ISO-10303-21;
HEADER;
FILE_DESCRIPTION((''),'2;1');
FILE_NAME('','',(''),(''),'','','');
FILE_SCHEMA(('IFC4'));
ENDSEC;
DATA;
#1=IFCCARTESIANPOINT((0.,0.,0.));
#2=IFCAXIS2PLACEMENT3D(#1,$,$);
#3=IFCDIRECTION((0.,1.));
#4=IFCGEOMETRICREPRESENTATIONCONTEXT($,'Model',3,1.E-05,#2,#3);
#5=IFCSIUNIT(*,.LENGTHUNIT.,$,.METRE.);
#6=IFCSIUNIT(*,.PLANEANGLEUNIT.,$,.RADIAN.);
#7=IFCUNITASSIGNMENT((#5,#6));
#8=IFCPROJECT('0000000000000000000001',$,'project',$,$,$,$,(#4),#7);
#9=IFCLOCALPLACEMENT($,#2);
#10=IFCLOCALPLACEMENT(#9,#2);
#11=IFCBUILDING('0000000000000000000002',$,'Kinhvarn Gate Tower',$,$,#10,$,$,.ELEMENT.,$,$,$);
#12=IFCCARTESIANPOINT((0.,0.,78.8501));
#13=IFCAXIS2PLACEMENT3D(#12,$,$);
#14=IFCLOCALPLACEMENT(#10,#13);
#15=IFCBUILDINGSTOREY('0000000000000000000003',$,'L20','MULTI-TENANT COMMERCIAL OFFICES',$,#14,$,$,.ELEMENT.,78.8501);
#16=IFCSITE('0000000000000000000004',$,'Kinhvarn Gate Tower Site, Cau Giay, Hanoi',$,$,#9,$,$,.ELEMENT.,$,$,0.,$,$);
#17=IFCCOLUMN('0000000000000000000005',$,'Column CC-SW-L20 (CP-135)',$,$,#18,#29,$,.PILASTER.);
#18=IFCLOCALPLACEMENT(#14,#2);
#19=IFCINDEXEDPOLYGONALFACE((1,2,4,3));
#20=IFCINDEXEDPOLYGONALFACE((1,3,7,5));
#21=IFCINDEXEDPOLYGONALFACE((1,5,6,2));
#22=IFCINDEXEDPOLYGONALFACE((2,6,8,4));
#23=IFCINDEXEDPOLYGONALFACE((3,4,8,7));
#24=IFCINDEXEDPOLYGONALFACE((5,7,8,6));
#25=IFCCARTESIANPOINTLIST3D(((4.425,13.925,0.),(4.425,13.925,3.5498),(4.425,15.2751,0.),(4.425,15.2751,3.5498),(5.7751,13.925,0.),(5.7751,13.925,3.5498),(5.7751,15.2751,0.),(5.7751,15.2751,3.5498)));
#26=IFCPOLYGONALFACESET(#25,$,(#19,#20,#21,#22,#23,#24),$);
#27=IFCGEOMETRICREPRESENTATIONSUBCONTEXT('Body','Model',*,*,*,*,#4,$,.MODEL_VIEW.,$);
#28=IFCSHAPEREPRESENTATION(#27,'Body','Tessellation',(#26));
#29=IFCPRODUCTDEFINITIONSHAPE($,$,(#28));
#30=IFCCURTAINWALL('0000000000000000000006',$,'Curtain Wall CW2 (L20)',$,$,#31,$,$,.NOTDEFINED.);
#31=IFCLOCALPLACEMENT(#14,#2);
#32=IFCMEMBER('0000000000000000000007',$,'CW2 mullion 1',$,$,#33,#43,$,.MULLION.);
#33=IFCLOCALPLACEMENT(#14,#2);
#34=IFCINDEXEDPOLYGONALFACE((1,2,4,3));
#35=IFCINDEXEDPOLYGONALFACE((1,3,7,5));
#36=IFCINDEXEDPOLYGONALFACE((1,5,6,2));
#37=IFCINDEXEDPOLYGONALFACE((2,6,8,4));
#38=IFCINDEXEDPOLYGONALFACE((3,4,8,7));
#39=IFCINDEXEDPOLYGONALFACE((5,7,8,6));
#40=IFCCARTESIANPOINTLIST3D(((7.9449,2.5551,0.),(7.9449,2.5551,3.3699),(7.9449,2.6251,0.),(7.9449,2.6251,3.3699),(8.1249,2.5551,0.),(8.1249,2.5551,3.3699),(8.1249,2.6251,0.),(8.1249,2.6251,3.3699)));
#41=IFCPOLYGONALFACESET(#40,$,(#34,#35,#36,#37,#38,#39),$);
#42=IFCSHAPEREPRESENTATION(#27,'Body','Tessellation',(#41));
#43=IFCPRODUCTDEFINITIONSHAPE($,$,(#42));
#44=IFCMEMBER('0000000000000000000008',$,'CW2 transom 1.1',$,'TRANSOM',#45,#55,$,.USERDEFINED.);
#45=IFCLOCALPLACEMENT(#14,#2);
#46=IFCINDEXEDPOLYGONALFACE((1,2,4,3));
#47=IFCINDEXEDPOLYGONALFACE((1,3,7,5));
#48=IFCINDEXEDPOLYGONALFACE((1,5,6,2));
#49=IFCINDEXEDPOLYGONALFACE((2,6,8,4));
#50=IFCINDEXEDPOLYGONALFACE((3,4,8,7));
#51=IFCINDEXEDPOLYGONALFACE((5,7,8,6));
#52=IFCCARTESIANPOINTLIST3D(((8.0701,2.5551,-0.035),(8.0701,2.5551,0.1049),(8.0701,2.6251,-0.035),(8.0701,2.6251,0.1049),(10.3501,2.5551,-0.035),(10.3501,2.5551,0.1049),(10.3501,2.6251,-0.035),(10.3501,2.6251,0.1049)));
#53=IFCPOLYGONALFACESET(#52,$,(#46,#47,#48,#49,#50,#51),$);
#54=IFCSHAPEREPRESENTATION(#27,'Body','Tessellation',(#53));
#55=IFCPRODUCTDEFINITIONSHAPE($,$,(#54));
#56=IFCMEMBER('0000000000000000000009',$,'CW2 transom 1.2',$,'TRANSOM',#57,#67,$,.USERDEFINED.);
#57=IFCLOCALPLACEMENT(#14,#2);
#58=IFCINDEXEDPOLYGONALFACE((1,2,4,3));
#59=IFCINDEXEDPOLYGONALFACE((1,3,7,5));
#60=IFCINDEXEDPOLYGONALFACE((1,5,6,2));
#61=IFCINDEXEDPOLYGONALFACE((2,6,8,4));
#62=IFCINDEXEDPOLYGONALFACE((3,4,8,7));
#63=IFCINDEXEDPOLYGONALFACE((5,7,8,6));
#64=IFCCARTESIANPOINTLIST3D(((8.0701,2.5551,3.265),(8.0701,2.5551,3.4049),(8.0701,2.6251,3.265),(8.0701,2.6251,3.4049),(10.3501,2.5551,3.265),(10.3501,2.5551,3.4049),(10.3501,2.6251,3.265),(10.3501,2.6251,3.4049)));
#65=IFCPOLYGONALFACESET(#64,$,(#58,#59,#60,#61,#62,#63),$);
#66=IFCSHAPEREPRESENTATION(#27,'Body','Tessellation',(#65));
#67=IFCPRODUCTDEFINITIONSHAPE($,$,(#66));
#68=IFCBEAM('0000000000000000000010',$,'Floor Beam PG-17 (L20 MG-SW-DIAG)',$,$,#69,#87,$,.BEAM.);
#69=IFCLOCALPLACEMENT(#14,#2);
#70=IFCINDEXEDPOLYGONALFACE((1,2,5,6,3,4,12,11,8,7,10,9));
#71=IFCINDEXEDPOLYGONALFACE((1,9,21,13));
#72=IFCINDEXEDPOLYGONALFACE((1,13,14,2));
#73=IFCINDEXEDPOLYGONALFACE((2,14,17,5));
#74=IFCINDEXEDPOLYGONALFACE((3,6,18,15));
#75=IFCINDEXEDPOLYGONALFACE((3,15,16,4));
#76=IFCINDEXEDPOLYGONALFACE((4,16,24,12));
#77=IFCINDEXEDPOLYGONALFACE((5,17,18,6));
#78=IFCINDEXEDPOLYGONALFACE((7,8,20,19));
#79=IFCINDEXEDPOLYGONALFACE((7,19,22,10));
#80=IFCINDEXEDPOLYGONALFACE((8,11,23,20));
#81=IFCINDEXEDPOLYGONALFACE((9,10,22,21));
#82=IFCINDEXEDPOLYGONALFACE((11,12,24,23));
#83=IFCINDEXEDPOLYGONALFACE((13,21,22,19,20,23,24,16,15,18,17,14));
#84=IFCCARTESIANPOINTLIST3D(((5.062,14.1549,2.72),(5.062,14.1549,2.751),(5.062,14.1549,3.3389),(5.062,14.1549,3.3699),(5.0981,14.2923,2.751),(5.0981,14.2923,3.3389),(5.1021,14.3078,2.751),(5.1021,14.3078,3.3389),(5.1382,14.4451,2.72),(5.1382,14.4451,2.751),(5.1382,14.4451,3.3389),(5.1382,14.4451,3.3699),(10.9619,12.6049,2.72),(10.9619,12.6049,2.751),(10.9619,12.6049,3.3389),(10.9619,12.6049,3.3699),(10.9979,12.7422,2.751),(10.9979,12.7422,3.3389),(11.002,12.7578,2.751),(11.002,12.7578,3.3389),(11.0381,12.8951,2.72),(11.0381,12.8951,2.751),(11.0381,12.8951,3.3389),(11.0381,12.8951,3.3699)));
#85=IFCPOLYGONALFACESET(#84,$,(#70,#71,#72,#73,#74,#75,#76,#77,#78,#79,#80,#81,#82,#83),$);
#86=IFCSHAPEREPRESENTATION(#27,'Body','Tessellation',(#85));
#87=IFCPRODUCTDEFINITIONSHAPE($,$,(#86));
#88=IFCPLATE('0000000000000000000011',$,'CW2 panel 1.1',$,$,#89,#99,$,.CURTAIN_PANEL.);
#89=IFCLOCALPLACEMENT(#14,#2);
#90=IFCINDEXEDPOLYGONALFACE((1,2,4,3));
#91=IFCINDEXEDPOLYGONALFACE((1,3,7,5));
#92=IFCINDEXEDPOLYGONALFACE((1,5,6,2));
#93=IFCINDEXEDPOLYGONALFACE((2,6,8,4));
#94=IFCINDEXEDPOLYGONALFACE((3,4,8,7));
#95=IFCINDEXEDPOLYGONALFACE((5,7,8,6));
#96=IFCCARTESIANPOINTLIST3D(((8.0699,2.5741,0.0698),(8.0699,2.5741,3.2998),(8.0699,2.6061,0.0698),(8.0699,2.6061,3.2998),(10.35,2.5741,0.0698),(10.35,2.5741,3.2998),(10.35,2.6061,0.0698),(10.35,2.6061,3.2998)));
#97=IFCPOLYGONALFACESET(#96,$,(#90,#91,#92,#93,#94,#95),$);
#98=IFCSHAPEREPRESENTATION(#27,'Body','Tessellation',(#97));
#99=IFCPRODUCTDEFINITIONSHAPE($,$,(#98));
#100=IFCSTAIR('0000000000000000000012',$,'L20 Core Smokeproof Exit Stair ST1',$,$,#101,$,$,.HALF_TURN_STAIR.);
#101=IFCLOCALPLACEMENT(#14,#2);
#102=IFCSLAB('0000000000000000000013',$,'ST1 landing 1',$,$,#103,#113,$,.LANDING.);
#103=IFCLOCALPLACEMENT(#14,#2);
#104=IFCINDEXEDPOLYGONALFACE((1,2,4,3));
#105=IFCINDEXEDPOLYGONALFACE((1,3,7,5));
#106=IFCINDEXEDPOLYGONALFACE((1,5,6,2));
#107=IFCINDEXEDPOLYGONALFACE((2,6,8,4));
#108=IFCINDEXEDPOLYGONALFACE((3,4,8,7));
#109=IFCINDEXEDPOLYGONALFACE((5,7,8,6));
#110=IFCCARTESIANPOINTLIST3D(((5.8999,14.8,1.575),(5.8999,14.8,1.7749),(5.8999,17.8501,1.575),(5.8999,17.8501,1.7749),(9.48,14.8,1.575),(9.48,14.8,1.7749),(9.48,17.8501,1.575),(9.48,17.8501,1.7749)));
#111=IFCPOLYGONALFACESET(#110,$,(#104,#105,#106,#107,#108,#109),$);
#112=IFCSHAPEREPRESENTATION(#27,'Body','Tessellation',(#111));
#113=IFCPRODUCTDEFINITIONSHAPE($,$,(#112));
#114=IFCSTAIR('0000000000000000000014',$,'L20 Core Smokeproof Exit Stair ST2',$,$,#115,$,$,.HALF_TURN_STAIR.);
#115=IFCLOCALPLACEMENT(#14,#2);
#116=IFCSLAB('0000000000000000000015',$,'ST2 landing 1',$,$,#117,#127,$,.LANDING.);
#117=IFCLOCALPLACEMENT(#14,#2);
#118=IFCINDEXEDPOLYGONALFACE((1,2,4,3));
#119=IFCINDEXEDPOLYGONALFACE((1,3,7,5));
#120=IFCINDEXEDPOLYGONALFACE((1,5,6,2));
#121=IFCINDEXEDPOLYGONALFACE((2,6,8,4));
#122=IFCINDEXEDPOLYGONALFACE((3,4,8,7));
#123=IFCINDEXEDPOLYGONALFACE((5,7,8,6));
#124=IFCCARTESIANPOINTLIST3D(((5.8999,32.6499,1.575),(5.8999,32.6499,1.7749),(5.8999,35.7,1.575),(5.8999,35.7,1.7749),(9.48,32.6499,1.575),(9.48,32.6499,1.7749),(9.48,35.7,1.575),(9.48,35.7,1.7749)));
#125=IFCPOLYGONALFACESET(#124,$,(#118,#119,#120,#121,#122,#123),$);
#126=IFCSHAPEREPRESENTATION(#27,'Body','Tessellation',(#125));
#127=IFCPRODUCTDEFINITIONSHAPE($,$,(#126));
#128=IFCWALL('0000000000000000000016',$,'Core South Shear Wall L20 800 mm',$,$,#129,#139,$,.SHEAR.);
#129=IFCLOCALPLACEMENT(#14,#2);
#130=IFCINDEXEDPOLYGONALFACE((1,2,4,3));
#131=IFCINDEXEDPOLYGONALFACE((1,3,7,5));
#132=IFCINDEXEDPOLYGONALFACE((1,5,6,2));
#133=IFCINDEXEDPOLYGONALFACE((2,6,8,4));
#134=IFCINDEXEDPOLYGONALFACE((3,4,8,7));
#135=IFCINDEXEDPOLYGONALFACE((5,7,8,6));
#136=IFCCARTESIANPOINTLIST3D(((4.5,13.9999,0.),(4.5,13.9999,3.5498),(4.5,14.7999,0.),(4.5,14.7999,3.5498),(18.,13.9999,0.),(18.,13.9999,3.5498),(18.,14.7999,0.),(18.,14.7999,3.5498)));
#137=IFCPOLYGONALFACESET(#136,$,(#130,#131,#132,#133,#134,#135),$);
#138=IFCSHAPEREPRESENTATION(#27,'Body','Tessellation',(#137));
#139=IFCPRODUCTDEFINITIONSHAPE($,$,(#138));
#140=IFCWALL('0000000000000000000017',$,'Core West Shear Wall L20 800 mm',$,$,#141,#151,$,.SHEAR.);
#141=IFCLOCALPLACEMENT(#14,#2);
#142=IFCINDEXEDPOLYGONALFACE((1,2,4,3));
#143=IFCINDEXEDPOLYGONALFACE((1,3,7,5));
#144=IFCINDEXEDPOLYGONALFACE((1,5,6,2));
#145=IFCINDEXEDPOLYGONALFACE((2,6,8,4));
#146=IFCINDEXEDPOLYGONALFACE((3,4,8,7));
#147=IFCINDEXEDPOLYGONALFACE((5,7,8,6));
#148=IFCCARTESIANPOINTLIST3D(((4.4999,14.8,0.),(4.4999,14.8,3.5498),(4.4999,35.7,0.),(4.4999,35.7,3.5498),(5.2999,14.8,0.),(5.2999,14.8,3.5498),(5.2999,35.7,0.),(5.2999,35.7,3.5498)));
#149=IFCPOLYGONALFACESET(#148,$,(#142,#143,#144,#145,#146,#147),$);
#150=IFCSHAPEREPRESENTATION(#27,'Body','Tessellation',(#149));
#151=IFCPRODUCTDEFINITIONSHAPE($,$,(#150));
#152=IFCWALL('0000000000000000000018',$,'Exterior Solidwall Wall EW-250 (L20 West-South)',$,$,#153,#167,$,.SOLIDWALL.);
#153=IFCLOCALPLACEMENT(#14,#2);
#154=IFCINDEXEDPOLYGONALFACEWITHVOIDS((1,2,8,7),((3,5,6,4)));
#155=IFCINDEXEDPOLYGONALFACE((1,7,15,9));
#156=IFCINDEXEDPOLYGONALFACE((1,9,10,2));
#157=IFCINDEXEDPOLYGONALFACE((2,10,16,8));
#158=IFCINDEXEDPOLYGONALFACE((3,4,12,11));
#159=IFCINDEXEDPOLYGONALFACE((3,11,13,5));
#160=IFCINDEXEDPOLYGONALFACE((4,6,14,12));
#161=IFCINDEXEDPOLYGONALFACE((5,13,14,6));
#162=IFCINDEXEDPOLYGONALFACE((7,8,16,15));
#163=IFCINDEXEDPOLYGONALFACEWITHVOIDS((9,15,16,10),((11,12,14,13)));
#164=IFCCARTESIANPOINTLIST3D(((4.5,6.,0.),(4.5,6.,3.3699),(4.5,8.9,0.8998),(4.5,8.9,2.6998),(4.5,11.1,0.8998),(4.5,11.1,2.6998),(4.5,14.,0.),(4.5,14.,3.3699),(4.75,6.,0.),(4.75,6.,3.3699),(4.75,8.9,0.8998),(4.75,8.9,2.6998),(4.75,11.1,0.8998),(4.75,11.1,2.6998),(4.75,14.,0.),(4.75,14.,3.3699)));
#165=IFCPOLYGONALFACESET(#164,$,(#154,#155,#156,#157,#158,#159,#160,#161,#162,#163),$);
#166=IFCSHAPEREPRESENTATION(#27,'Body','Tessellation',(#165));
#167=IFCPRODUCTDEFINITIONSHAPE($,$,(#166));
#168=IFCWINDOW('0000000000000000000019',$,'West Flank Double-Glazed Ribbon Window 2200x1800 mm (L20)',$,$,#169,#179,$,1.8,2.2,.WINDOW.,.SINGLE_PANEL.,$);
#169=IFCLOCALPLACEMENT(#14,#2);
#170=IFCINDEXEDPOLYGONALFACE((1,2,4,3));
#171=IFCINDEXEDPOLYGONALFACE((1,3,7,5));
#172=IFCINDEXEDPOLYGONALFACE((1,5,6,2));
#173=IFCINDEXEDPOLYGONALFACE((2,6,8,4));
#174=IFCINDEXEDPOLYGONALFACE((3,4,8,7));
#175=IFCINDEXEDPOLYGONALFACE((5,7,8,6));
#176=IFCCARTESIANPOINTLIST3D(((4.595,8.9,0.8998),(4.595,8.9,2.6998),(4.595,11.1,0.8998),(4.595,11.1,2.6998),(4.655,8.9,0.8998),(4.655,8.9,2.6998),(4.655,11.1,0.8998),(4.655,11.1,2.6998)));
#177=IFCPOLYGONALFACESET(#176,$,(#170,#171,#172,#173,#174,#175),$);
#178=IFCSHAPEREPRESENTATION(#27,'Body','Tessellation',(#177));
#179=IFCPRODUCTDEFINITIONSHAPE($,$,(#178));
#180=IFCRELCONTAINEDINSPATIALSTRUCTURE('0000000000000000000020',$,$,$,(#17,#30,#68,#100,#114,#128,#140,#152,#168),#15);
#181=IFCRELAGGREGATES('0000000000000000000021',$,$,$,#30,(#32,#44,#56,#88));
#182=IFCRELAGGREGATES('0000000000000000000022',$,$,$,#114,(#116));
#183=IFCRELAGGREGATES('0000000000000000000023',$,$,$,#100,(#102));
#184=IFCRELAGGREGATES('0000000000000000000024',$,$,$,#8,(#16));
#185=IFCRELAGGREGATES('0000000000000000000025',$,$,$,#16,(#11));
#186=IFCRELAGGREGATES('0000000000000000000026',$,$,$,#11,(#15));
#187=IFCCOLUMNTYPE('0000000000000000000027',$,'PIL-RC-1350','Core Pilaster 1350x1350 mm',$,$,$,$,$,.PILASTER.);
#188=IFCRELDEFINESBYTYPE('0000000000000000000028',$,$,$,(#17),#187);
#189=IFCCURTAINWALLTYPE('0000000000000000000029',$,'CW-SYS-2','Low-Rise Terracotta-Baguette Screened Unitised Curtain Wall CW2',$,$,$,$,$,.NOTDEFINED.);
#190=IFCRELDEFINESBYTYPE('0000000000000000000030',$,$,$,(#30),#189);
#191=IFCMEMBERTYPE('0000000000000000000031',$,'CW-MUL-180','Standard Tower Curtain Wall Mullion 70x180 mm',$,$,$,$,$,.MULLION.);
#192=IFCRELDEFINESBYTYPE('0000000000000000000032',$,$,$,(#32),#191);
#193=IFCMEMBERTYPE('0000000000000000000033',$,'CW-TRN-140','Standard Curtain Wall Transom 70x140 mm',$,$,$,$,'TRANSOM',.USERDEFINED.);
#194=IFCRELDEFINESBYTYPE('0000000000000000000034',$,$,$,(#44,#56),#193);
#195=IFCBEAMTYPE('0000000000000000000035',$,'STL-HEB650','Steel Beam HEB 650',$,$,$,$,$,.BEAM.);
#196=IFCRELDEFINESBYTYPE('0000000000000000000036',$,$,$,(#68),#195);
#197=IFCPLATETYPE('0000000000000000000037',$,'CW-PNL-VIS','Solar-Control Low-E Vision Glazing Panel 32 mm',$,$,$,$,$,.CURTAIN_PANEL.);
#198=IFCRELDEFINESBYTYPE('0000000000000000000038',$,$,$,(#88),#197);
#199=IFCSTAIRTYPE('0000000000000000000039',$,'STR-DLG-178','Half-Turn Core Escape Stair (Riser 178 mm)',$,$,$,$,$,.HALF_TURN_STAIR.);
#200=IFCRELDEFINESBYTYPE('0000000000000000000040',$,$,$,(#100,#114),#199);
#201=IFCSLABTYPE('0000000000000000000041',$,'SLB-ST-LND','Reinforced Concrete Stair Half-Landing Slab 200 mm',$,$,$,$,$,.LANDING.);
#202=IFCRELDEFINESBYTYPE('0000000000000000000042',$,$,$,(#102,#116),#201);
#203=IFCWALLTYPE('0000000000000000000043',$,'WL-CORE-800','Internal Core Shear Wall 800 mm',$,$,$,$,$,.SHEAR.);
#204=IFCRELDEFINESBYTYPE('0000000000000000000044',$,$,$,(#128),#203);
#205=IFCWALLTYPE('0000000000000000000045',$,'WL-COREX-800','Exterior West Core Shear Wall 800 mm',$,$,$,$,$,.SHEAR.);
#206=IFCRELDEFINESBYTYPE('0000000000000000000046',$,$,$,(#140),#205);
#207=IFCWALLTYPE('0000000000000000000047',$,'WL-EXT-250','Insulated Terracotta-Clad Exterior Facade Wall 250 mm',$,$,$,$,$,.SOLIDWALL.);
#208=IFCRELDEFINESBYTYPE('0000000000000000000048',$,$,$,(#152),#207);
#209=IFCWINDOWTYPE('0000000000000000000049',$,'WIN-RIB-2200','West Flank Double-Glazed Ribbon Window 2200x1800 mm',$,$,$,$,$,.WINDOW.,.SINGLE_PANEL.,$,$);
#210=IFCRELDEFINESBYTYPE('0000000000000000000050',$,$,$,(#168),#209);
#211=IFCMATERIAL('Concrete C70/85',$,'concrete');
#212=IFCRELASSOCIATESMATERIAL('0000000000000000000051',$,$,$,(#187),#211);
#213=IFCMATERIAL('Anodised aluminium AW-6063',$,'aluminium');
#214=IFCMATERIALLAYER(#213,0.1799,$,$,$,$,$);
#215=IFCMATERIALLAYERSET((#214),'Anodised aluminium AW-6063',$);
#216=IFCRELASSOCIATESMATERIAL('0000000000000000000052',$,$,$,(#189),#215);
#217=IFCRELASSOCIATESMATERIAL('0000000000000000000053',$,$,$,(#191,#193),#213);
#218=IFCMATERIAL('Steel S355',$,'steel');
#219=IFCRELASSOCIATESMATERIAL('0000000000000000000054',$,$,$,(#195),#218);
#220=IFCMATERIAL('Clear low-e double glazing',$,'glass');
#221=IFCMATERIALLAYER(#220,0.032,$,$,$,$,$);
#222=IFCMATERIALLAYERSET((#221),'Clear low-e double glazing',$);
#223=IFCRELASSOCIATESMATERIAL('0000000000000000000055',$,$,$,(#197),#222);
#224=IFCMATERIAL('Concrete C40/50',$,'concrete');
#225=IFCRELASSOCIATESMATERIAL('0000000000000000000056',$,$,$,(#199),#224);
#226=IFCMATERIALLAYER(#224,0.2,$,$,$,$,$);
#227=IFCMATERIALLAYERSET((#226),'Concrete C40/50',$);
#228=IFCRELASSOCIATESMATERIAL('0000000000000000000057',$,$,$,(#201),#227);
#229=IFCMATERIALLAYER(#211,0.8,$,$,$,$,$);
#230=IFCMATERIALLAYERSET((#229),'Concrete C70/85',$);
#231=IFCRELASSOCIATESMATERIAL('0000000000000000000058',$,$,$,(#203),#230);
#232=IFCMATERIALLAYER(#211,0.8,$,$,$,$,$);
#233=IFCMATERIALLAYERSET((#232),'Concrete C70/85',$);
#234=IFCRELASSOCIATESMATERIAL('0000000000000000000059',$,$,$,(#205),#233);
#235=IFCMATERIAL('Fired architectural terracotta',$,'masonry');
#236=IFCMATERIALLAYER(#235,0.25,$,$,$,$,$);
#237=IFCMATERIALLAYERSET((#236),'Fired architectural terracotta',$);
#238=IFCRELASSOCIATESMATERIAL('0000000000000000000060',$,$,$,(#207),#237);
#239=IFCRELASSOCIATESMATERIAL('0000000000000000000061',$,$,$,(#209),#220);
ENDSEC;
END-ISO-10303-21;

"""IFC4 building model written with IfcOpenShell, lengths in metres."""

from ifc_helpers import new_model, si_unit, direction, frame, frame_2d, origin, origin_2d, place, context, subcontext, project, spatial, polyline, rectangle, i_section, outline, extrude, material, layer, layer_set, material_profile, profile_set, type_object, element, fill, aggregate, save


model = new_model("IFC4")

# Units and contexts
model_context = context("Model", 3, precision=1e-05, world=origin(), true_north=direction((0.0, 1.0)))
body_context = subcontext(model_context, "Body", "Model", "MODEL_VIEW")
ifc_project = project(units=[si_unit("LENGTHUNIT", "METRE"), si_unit("PLANEANGLEUNIT", "RADIAN")], contexts=[model_context])

# Site, building, storey
site_placement = place(None, origin())
site = spatial("IfcSite", under=ifc_project, at=site_placement, Name="Kinhvarn Gate Tower Site, Cau Giay, Hanoi", CompositionType="ELEMENT", RefElevation=0.0)
building_placement = place(site_placement, origin())
building = spatial("IfcBuilding", under=site, at=building_placement, Name="Kinhvarn Gate Tower", CompositionType="ELEMENT")
storey_placement = place(building_placement, frame((0.0, 0.0, 78.8501)))
storey = spatial("IfcBuildingStorey", under=building, at=storey_placement, Name="L20", Description="MULTI-TENANT COMMERCIAL OFFICES", CompositionType="ELEMENT", Elevation=78.8501)

# Column
ifc_material_1 = material(Name="Concrete C70/85", Category="concrete")
ifc_material_profile_1 = material_profile(ifc_material_1, rectangle(XDim=1.3501, YDim=1.3501, at=origin_2d()), Name="RC 1350x1350")
ifc_profile_set_1 = profile_set([ifc_material_profile_1], Name="Concrete C70/85")
column_type = type_object("IfcColumnType", Name="PIL-RC-1350", Description="Core Pilaster 1350x1350 mm", PredefinedType="PILASTER", material=ifc_profile_set_1)
column_placement = place(storey_placement, frame((5.1001, 14.6001, 0.0), z_axis=(0.0, 0.0, 1.0), x_axis=(1.0, 0.0, 0.0)))
element("IfcColumn", 1, at=column_placement, inside=storey, type_object=column_type, Name="Column CC-SW-L20 (CP-135)", PredefinedType="PILASTER", context=body_context, shape_type="SweptSolid", body=[
    extrude(rectangle(XDim=1.3501, YDim=1.3501, at=origin_2d()), origin(), (0.0, 0.0, 1.0), 3.5498),
])

# Curtain wall, members
ifc_material_2 = material(Name="Anodised aluminium AW-6063", Category="aluminium")
ifc_layer_1 = layer(ifc_material_2, 0.1799)
ifc_layer_set_1 = layer_set([ifc_layer_1], Name="Anodised aluminium AW-6063")
curtain_wall_type = type_object("IfcCurtainWallType", Name="CW-SYS-2", Description="Low-Rise Terracotta-Baguette Screened Unitised Curtain Wall CW2", PredefinedType="NOTDEFINED", material=ifc_layer_set_1)
curtain_wall_placement = place(storey_placement, origin())
curtain_wall = element("IfcCurtainWall", 2, at=curtain_wall_placement, inside=storey, type_object=curtain_wall_type, Name="Curtain Wall CW2 (L20)", PredefinedType="NOTDEFINED")
ifc_material_profile_2 = material_profile(ifc_material_2, rectangle(XDim=0.0701, YDim=0.1799, at=origin_2d()), Name="ALU 70x180")
ifc_profile_set_2 = profile_set([ifc_material_profile_2], Name="Anodised aluminium AW-6063")
member_type_1 = type_object("IfcMemberType", Name="CW-MUL-180", Description="Standard Tower Curtain Wall Mullion 70x180 mm", PredefinedType="MULLION", material=ifc_profile_set_2)
member_1_placement = place(storey_placement, frame((8.0349, 2.5901, 0.0), z_axis=(0.0, 0.0, 1.0), x_axis=(0.0, 1.0, 0.0)))
member_1 = element("IfcMember", 3, at=member_1_placement, type_object=member_type_1, Name="CW2 mullion 1", PredefinedType="MULLION", context=body_context, shape_type="SweptSolid", body=[
    extrude(rectangle(XDim=0.0701, YDim=0.1799, at=origin_2d()), origin(), (0.0, 0.0, 1.0), 3.3699),
])
ifc_material_profile_3 = material_profile(ifc_material_2, rectangle(XDim=0.0701, YDim=0.1399, at=origin_2d()), Name="ALU 70x140")
ifc_profile_set_3 = profile_set([ifc_material_profile_3], Name="Anodised aluminium AW-6063")
member_type_2 = type_object("IfcMemberType", Name="CW-TRN-140", Description="Standard Curtain Wall Transom 70x140 mm", ElementType="TRANSOM", PredefinedType="USERDEFINED", material=ifc_profile_set_3)
member_2_placement = place(storey_placement, frame((8.0701, 2.5901, 0.0349), z_axis=(1.0, 0.0, 0.0), x_axis=(0.0, 1.0, 0.0)))
member_2 = element("IfcMember", 4, at=member_2_placement, type_object=member_type_2, Name="CW2 transom 1.1", ObjectType="TRANSOM", PredefinedType="USERDEFINED", context=body_context, shape_type="SweptSolid", body=[
    extrude(rectangle(XDim=0.0701, YDim=0.1399, at=origin_2d()), origin(), (0.0, 0.0, 1.0), 2.28),
])
member_3_placement = place(storey_placement, frame((8.0701, 2.5901, 3.335), z_axis=(1.0, 0.0, 0.0), x_axis=(0.0, 1.0, 0.0)))
member_3 = element("IfcMember", 5, at=member_3_placement, type_object=member_type_2, Name="CW2 transom 1.2", ObjectType="TRANSOM", PredefinedType="USERDEFINED", context=body_context, shape_type="SweptSolid", body=[
    extrude(rectangle(XDim=0.0701, YDim=0.1399, at=origin_2d()), origin(), (0.0, 0.0, 1.0), 2.28),
])

# Beam
ifc_material_3 = material(Name="Steel S355", Category="steel")
ifc_material_profile_4 = material_profile(ifc_material_3, i_section(OverallWidth=0.3, OverallDepth=0.6499, WebThickness=0.0161, FlangeThickness=0.031, at=origin_2d()), Name="HEB 650")
ifc_profile_set_4 = profile_set([ifc_material_profile_4], Name="Steel S355")
beam_type = type_object("IfcBeamType", Name="STL-HEB650", Description="Steel Beam HEB 650", PredefinedType="BEAM", material=ifc_profile_set_4)
beam_placement = place(storey_placement, frame((5.1001, 14.3, 3.0449), z_axis=(0.967178, -0.254101, 0.0), x_axis=(0.254101, 0.967178, 0.0)))
element("IfcBeam", 6, at=beam_placement, inside=storey, type_object=beam_type, Name="Floor Beam PG-17 (L20 MG-SW-DIAG)", PredefinedType="BEAM", context=body_context, shape_type="SweptSolid", body=[
    extrude(i_section(OverallWidth=0.3, OverallDepth=0.6499, WebThickness=0.0161, FlangeThickness=0.031, at=origin_2d()), origin(), (0.0, 0.0, 1.0), 6.1001),
])

# Plate
ifc_material_4 = material(Name="Clear low-e double glazing", Category="glass")
ifc_layer_2 = layer(ifc_material_4, 0.032)
ifc_layer_set_2 = layer_set([ifc_layer_2], Name="Clear low-e double glazing")
plate_type = type_object("IfcPlateType", Name="CW-PNL-VIS", Description="Solar-Control Low-E Vision Glazing Panel 32 mm", PredefinedType="CURTAIN_PANEL", material=ifc_layer_set_2)
plate_placement = place(storey_placement, frame((9.21, 2.5901, 0.0698), z_axis=(0.0, 0.0, 1.0), x_axis=(1.0, 0.0, 0.0)))
plate = element("IfcPlate", 7, at=plate_placement, type_object=plate_type, Name="CW2 panel 1.1", PredefinedType="CURTAIN_PANEL", context=body_context, shape_type="SweptSolid", body=[
    extrude(rectangle(XDim=2.28, YDim=0.032, at=origin_2d()), origin(), (0.0, 0.0, 1.0), 3.23),
])
aggregate(curtain_wall, [member_1, member_2, member_3, plate])

# Stairs, slabs
ifc_material_5 = material(Name="Concrete C40/50", Category="concrete")
stair_type = type_object("IfcStairType", Name="STR-DLG-178", Description="Half-Turn Core Escape Stair (Riser 178 mm)", PredefinedType="HALF_TURN_STAIR", material=ifc_material_5)
stair_1_placement = place(storey_placement, origin())
stair_1 = element("IfcStair", 8, at=stair_1_placement, inside=storey, type_object=stair_type, Name="L20 Core Smokeproof Exit Stair ST1", PredefinedType="HALF_TURN_STAIR")
ifc_layer_3 = layer(ifc_material_5, 0.2)
ifc_layer_set_3 = layer_set([ifc_layer_3], Name="Concrete C40/50")
slab_type = type_object("IfcSlabType", Name="SLB-ST-LND", Description="Reinforced Concrete Stair Half-Landing Slab 200 mm", PredefinedType="LANDING", material=ifc_layer_set_3)
slab_1_placement = place(storey_placement, frame((0.0, 0.0, 1.575)))
slab_1 = element("IfcSlab", 9, at=slab_1_placement, type_object=slab_type, Name="ST1 landing 1", PredefinedType="LANDING", context=body_context, shape_type="SweptSolid", body=[
    extrude(outline(polyline([(9.48, 17.8501), (5.8999, 17.8501), (5.8999, 14.8), (9.48, 14.8), (9.48, 17.8501)])), origin(), (0.0, 0.0, 1.0), 0.2),
])
stair_2_placement = place(storey_placement, origin())
stair_2 = element("IfcStair", 10, at=stair_2_placement, inside=storey, type_object=stair_type, Name="L20 Core Smokeproof Exit Stair ST2", PredefinedType="HALF_TURN_STAIR")
slab_2_placement = place(storey_placement, frame((0.0, 0.0, 1.575)))
slab_2 = element("IfcSlab", 11, at=slab_2_placement, type_object=slab_type, Name="ST2 landing 1", PredefinedType="LANDING", context=body_context, shape_type="SweptSolid", body=[
    extrude(outline(polyline([(9.48, 35.7), (5.8999, 35.7), (5.8999, 32.6499), (9.48, 32.6499), (9.48, 35.7)])), origin(), (0.0, 0.0, 1.0), 0.2),
])
aggregate(stair_2, [slab_2])

# Walls
ifc_layer_4 = layer(ifc_material_1, 0.8)
ifc_layer_set_4 = layer_set([ifc_layer_4], Name="Concrete C70/85")
wall_type_1 = type_object("IfcWallType", Name="WL-CORE-800", Description="Internal Core Shear Wall 800 mm", PredefinedType="SHEAR", material=ifc_layer_set_4)
wall_1_placement = place(storey_placement, frame((4.5, 14.3999, 0.0), z_axis=(0.0, 0.0, 1.0), x_axis=(1.0, 0.0, 0.0)))
element("IfcWall", 12, at=wall_1_placement, inside=storey, type_object=wall_type_1, Name="Core South Shear Wall L20 800 mm", PredefinedType="SHEAR", context=body_context, shape_type="SweptSolid", body=[
    extrude(rectangle(XDim=13.5, YDim=0.8, at=frame_2d((6.75, 0.0))), origin(), (0.0, 0.0, 1.0), 3.5498),
])
ifc_layer_5 = layer(ifc_material_1, 0.8)
ifc_layer_set_5 = layer_set([ifc_layer_5], Name="Concrete C70/85")
wall_type_2 = type_object("IfcWallType", Name="WL-COREX-800", Description="Exterior West Core Shear Wall 800 mm", PredefinedType="SHEAR", material=ifc_layer_set_5)
wall_2_placement = place(storey_placement, frame((4.8999, 14.8, 0.0), z_axis=(0.0, 0.0, 1.0), x_axis=(0.0, 1.0, 0.0)))
element("IfcWall", 13, at=wall_2_placement, inside=storey, type_object=wall_type_2, Name="Core West Shear Wall L20 800 mm", PredefinedType="SHEAR", context=body_context, shape_type="SweptSolid", body=[
    extrude(rectangle(XDim=20.8999, YDim=0.8, at=frame_2d((10.45, 0.0))), origin(), (0.0, 0.0, 1.0), 3.5498),
])

# Wall, opening, window
ifc_material_6 = material(Name="Fired architectural terracotta", Category="masonry")
ifc_layer_6 = layer(ifc_material_6, 0.25)
ifc_layer_set_6 = layer_set([ifc_layer_6], Name="Fired architectural terracotta")
wall_type_3 = type_object("IfcWallType", Name="WL-EXT-250", Description="Insulated Terracotta-Clad Exterior Facade Wall 250 mm", PredefinedType="SOLIDWALL", material=ifc_layer_set_6)
wall_3_placement = place(storey_placement, frame((4.625, 14.0, 0.0), z_axis=(0.0, 0.0, 1.0), x_axis=(0.0, -1.0, 0.0)))
wall_3 = element("IfcWall", 14, at=wall_3_placement, inside=storey, type_object=wall_type_3, Name="Exterior Solidwall Wall EW-250 (L20 West-South)", PredefinedType="SOLIDWALL", context=body_context, shape_type="SweptSolid", body=[
    extrude(rectangle(XDim=8.0, YDim=0.25, at=frame_2d((4.0, 0.0))), origin(), (0.0, 0.0, 1.0), 3.3699),
])
opening_1_placement = place(wall_3_placement, frame((2.8999, 0.0, 0.8999)))
opening_1 = element("IfcOpeningElement", 15, at=opening_1_placement, cuts=wall_3, PredefinedType="OPENING", context=body_context, shape_type="SweptSolid", body=[
    extrude(rectangle(XDim=2.2, YDim=1.8, at=frame_2d((1.1001, 0.8999))), frame((0.0, 0.135, 0.0), z_axis=(0.0, -1.0, 0.0), x_axis=(1.0, 0.0, 0.0)), (0.0, 0.0, 1.0), 0.27),
])
window_type_1 = type_object("IfcWindowType", Name="WIN-RIB-2200", Description="West Flank Double-Glazed Ribbon Window 2200x1800 mm", PartitioningType="SINGLE_PANEL", PredefinedType="WINDOW", material=ifc_material_4)
window_1_placement = place(opening_1_placement, origin())
window_1 = element("IfcWindow", 16, at=window_1_placement, inside=storey, type_object=window_type_1, Name="West Flank Double-Glazed Ribbon Window 2200x1800 mm (L20)", OverallHeight=1.8, OverallWidth=2.2, PartitioningType="SINGLE_PANEL", PredefinedType="WINDOW", context=body_context, shape_type="SweptSolid", body=[
    extrude(rectangle(XDim=2.2, YDim=1.8, at=frame_2d((1.1001, 0.8999))), frame((0.0, 0.03, 0.0), z_axis=(0.0, -1.0, 0.0), x_axis=(1.0, 0.0, 0.0)), (0.0, 0.0, 1.0), 0.0601),
])
fill(opening_1, window_1)

aggregate(stair_1, [slab_1])

save(model, "model.ifc")
